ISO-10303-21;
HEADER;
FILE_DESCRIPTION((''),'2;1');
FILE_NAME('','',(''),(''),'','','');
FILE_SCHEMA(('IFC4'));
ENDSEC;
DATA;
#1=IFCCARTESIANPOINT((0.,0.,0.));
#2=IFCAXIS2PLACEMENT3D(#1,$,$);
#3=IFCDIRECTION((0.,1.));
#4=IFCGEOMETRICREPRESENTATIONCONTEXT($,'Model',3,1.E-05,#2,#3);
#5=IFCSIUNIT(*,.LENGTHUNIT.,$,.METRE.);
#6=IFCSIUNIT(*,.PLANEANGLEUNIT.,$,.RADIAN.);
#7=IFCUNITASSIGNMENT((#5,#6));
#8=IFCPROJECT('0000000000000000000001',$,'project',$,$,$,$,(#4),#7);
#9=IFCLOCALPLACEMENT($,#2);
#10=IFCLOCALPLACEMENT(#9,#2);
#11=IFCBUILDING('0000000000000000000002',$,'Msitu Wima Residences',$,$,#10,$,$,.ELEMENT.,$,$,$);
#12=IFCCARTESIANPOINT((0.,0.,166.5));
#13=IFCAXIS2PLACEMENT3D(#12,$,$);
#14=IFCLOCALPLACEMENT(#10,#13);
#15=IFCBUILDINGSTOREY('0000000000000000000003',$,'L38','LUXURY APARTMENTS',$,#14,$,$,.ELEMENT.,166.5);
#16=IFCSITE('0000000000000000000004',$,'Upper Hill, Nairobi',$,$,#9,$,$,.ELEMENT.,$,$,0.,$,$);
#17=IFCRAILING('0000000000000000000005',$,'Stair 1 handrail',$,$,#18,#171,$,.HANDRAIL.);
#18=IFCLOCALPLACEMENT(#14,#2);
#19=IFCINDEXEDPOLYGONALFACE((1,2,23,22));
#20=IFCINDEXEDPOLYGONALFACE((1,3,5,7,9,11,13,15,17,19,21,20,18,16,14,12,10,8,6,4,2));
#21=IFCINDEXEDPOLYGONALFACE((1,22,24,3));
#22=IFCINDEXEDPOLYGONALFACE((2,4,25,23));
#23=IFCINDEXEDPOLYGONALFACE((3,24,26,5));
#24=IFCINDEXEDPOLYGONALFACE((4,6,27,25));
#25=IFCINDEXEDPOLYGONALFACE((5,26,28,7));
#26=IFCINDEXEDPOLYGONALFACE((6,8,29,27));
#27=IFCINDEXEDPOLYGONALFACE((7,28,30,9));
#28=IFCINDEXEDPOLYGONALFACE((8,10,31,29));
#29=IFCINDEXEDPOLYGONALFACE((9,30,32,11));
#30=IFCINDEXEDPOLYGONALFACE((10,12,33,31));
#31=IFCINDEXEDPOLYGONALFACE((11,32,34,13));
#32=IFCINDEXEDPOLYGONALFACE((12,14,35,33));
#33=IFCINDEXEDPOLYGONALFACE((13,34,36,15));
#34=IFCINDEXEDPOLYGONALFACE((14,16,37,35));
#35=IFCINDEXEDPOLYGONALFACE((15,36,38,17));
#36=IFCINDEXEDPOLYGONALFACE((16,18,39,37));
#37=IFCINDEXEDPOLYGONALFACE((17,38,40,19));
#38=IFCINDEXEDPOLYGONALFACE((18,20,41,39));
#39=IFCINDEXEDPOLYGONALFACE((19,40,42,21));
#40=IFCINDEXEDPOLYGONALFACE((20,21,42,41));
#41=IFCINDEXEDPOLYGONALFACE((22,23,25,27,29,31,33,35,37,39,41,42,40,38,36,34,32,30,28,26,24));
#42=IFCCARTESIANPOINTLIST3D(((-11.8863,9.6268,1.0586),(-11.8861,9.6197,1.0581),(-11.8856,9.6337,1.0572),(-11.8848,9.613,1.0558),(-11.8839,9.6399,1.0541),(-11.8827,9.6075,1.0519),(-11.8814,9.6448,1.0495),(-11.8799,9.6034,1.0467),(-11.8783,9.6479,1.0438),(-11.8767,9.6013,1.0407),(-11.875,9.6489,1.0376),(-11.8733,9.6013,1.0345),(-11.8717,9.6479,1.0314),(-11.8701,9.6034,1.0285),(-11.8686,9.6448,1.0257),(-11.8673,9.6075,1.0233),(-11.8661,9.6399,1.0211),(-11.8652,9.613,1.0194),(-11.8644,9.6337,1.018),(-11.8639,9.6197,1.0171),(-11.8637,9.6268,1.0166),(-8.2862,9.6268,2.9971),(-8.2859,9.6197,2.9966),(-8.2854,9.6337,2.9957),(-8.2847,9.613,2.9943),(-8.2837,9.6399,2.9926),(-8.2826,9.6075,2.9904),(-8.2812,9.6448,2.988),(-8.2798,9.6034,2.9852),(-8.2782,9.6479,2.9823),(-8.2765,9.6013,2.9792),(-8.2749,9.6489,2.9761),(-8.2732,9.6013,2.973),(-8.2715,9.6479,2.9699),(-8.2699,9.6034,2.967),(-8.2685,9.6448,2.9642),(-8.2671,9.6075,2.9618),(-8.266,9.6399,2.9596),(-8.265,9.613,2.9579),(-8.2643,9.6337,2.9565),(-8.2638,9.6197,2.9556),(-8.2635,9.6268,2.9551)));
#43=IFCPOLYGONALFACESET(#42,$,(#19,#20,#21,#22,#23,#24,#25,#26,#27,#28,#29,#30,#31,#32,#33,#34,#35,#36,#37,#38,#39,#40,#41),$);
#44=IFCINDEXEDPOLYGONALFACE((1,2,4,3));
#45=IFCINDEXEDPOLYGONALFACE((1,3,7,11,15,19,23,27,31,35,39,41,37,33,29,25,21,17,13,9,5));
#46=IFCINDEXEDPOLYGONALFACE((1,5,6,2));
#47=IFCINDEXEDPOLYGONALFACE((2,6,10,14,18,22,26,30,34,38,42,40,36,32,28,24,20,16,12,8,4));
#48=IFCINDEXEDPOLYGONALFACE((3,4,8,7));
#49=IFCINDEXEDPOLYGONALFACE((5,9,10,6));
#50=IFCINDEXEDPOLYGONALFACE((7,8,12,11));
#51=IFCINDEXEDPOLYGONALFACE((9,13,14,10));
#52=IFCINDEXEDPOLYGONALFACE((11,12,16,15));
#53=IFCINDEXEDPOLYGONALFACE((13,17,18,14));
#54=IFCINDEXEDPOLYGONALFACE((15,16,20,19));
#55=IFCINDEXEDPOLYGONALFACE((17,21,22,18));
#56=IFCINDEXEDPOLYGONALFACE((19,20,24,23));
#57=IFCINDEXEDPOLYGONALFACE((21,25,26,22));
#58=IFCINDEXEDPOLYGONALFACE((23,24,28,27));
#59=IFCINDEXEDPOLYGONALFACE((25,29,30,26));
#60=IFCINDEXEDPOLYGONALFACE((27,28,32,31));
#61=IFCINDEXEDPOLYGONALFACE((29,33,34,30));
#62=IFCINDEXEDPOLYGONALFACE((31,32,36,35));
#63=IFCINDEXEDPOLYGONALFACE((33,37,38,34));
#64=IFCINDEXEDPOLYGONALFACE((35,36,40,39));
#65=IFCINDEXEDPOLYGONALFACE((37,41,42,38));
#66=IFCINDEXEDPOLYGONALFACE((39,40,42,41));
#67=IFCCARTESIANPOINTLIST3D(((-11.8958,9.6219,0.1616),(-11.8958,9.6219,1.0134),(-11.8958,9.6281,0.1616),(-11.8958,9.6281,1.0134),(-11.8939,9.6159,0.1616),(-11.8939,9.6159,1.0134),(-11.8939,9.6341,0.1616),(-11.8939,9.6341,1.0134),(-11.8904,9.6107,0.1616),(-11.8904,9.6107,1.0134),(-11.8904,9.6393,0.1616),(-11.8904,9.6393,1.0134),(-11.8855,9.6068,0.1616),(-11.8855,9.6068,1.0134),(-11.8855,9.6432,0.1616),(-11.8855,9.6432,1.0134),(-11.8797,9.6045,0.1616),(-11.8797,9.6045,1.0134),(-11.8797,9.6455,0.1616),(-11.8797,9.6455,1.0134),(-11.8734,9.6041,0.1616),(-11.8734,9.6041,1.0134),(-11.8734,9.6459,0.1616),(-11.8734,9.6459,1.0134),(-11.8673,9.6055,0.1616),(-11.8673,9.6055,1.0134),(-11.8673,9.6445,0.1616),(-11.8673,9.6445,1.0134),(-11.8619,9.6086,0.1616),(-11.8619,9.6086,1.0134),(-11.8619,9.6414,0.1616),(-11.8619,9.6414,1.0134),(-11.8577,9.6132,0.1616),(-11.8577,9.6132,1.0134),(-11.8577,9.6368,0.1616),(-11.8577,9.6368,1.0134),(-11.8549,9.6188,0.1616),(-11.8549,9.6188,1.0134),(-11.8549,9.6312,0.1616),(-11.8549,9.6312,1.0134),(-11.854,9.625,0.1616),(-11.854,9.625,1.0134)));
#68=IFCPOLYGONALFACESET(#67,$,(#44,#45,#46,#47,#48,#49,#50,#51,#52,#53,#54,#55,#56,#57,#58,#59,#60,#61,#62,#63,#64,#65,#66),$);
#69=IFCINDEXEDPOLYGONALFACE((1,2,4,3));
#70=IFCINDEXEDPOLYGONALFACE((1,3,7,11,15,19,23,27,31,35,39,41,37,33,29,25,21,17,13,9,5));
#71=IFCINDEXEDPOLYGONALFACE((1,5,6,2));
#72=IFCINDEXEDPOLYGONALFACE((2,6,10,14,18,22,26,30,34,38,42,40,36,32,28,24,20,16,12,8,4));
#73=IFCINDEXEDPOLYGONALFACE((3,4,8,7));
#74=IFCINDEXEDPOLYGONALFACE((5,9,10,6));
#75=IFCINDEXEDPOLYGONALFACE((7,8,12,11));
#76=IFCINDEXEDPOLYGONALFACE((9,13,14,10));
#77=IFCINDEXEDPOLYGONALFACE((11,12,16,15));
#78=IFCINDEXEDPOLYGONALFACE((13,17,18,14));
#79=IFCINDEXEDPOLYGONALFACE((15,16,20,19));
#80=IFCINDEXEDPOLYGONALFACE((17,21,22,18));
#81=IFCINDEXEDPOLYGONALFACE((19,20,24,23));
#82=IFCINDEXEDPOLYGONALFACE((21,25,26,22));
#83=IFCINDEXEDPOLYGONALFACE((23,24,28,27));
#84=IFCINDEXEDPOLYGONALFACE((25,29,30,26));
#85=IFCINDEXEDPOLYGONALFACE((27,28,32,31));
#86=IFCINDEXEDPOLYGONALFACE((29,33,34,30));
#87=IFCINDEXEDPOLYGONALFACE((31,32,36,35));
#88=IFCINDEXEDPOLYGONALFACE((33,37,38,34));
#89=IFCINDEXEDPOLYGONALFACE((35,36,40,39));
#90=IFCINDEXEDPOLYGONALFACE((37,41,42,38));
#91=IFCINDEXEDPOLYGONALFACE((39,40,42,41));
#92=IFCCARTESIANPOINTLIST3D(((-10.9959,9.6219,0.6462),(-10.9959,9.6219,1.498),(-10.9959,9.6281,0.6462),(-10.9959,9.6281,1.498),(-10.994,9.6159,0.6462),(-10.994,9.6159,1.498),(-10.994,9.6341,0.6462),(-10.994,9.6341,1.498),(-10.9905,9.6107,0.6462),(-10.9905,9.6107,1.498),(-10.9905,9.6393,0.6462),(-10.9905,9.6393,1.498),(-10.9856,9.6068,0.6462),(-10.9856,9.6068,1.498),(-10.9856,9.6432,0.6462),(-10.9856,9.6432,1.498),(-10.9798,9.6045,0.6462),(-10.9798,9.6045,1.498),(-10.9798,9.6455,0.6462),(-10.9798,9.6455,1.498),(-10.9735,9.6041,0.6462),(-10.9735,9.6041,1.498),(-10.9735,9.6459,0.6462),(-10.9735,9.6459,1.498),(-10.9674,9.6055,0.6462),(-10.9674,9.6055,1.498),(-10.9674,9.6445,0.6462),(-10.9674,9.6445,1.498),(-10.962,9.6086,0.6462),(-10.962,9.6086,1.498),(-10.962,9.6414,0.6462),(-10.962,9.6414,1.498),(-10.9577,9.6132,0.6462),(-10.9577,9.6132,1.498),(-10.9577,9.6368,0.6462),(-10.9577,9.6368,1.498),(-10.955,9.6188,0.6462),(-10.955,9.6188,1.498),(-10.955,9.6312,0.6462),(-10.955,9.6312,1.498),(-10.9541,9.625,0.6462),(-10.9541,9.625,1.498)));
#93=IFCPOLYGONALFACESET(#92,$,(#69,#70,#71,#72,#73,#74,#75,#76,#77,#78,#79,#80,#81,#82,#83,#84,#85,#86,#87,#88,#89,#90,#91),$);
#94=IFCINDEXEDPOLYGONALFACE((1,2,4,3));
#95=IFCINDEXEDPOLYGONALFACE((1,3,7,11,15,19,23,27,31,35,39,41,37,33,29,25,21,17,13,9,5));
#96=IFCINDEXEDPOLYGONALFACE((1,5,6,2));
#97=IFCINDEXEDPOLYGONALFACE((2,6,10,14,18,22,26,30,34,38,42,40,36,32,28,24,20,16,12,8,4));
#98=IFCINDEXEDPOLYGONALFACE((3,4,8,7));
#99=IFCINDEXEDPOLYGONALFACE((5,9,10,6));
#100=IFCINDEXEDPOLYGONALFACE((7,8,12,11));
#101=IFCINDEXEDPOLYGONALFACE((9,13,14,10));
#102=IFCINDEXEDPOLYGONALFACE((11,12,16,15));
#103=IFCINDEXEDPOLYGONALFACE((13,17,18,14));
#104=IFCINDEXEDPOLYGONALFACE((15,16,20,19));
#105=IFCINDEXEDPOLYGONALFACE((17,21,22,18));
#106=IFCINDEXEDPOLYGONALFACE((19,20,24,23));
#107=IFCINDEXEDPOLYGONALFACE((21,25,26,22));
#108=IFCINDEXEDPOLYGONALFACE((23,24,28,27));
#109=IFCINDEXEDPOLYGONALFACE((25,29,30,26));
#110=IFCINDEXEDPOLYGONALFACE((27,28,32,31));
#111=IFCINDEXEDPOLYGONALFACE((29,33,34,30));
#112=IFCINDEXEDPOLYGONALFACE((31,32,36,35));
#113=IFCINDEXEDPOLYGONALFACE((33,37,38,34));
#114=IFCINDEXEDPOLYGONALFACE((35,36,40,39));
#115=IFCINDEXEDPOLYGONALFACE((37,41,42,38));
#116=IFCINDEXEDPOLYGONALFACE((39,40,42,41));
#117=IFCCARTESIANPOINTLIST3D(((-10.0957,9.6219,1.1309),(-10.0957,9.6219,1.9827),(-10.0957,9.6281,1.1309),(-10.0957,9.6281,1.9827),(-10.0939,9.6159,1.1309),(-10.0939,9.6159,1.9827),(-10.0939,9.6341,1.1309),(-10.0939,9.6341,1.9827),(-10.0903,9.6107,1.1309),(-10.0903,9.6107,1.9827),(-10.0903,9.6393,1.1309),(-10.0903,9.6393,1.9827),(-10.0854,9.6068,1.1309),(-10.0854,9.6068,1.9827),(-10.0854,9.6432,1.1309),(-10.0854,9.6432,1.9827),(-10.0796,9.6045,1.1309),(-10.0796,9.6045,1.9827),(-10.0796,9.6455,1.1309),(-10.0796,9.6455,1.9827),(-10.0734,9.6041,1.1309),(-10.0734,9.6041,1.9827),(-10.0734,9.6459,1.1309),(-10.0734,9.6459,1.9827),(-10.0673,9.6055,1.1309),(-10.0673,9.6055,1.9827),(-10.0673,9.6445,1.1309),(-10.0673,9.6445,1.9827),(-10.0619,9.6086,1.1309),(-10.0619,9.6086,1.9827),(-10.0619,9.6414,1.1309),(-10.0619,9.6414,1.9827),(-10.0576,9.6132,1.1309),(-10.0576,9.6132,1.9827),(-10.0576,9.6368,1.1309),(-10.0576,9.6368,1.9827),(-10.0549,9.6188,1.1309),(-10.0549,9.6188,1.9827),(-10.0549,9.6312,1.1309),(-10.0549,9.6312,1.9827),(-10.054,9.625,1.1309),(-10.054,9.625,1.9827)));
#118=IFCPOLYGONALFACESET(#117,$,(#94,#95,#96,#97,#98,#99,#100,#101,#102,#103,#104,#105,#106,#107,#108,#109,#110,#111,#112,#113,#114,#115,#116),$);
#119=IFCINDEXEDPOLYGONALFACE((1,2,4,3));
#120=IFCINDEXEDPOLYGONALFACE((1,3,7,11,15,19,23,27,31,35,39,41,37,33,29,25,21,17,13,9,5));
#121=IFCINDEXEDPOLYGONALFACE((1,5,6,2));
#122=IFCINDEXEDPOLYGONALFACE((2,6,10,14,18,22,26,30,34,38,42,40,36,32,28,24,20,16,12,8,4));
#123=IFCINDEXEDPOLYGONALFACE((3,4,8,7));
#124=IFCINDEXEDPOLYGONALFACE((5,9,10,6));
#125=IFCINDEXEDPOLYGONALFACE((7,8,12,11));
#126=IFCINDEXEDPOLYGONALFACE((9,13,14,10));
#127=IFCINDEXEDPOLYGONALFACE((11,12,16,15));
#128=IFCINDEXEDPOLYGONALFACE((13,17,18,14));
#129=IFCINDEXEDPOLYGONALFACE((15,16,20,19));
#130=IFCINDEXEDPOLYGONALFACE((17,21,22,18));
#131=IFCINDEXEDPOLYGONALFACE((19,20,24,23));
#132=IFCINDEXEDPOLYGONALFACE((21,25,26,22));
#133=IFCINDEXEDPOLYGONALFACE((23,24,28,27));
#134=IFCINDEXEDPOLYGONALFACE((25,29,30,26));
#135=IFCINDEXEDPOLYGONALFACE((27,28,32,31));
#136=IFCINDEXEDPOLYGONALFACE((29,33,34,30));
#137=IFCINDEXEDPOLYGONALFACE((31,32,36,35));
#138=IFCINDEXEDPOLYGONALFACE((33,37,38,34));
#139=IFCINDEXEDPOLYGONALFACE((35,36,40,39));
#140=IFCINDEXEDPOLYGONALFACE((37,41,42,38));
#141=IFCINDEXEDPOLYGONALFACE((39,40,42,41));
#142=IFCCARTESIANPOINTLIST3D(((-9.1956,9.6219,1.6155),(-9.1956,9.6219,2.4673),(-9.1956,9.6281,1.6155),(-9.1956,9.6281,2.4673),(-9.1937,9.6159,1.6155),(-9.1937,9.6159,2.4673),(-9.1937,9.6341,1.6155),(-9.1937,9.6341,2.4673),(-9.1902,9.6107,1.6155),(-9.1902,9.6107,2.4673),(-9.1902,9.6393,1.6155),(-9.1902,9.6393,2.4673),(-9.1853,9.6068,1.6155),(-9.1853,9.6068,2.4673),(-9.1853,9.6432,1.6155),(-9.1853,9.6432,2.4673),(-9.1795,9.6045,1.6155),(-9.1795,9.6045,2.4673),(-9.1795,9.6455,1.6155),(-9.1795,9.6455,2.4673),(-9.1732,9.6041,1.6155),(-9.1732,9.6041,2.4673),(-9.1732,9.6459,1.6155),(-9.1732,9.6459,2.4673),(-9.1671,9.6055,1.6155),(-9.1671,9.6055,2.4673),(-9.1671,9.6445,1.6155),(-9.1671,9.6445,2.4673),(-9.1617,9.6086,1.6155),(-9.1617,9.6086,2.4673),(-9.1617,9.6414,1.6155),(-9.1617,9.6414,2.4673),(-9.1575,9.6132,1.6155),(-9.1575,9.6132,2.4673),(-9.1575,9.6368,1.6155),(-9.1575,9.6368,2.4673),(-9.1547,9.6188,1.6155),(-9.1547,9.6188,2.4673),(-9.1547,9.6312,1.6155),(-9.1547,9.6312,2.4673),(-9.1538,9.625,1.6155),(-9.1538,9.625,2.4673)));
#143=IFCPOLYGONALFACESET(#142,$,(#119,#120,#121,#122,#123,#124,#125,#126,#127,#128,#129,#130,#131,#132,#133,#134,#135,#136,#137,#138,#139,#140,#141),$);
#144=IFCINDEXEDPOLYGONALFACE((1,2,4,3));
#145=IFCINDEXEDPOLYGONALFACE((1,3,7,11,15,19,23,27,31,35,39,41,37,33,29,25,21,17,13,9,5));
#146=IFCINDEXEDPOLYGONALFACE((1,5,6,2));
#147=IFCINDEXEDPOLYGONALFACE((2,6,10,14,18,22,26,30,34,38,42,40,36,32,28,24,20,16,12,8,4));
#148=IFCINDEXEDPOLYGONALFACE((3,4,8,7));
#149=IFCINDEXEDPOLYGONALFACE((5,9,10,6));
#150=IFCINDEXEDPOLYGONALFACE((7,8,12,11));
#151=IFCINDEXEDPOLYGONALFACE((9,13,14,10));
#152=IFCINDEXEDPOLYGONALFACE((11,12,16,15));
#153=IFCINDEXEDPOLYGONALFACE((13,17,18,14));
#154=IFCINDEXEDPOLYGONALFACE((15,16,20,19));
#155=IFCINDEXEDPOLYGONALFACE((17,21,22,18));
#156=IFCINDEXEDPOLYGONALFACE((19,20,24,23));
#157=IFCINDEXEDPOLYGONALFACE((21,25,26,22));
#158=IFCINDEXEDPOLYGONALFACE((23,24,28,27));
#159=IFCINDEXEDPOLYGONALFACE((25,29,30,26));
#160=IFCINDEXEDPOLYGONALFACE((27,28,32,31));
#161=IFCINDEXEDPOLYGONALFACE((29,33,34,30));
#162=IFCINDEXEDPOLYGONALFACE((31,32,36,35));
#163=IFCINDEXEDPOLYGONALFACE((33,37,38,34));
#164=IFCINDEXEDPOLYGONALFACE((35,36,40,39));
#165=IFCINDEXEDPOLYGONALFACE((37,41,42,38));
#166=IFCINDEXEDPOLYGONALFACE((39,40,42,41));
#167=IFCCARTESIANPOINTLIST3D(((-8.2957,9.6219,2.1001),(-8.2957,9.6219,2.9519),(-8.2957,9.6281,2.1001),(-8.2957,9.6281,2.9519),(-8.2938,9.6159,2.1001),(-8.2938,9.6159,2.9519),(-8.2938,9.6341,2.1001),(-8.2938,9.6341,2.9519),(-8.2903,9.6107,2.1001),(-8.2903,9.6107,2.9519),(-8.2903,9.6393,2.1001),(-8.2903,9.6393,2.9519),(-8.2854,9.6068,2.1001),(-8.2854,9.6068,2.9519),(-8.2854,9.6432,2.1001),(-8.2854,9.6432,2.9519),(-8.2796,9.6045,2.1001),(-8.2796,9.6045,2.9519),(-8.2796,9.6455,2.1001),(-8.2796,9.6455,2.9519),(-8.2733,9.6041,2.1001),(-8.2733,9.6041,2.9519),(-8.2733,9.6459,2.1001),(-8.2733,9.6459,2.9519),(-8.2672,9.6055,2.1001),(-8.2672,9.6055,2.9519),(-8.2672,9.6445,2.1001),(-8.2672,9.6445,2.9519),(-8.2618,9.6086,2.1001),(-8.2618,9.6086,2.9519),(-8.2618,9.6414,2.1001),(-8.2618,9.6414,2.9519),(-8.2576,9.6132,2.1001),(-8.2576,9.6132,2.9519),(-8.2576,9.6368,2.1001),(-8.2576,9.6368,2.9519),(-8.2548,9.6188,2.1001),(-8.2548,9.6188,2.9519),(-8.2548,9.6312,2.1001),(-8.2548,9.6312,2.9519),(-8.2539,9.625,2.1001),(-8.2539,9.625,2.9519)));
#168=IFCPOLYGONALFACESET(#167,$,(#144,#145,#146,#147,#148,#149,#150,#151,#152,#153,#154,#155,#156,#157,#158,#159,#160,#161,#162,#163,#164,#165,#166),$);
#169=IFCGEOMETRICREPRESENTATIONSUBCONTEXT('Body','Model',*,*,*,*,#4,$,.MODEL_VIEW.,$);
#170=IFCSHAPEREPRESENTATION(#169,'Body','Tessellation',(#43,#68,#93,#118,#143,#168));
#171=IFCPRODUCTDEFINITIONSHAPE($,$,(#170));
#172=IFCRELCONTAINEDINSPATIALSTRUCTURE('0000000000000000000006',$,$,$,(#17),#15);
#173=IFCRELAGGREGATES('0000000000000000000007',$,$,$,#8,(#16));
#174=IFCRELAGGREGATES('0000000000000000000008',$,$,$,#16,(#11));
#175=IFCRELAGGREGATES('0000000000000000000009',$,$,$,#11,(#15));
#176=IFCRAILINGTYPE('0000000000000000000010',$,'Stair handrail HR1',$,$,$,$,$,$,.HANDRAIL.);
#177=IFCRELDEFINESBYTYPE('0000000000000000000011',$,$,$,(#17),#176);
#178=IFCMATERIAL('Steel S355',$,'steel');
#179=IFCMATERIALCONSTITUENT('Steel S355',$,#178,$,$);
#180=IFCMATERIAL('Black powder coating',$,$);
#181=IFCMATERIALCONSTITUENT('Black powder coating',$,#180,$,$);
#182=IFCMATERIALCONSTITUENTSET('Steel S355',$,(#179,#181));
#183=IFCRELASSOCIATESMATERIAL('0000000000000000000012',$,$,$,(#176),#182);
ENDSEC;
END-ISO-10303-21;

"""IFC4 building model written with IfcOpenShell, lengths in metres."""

from ifc_helpers import new_model, si_unit, direction, frame, origin, origin_2d, place, context, subcontext, project, spatial, circle, extrude, material, constituent, constituent_set, type_object, element, save


model = new_model("IFC4")

# Units and contexts
model_context = context("Model", 3, precision=1e-05, world=origin(), true_north=direction((0.0, 1.0)))
body_context = subcontext(model_context, "Body", "Model", "MODEL_VIEW")
ifc_project = project(units=[si_unit("LENGTHUNIT", "METRE"), si_unit("PLANEANGLEUNIT", "RADIAN")], contexts=[model_context])

# Site, building, storey
site_placement = place(None, origin())
site = spatial("IfcSite", under=ifc_project, at=site_placement, Name="Upper Hill, Nairobi", CompositionType="ELEMENT", RefElevation=0.0)
building_placement = place(site_placement, origin())
building = spatial("IfcBuilding", under=site, at=building_placement, Name="Msitu Wima Residences", CompositionType="ELEMENT")
storey_placement = place(building_placement, frame((0.0, 0.0, 166.5)))
storey = spatial("IfcBuildingStorey", under=building, at=storey_placement, Name="L38", Description="LUXURY APARTMENTS", CompositionType="ELEMENT", Elevation=166.5)

# Railing
ifc_material_1 = material(Name="Steel S355", Category="steel")
ifc_constituent_1 = constituent(ifc_material_1, Name="Steel S355")
ifc_material_2 = material(Name="Black powder coating")
ifc_constituent_2 = constituent(ifc_material_2, Name="Black powder coating")
ifc_constituent_set = constituent_set(constituents=[ifc_constituent_1, ifc_constituent_2], Name="Steel S355")
railing_type = type_object("IfcRailingType", Name="Stair handrail HR1", PredefinedType="HANDRAIL", material=ifc_constituent_set)
for number, where, name in (
    (1, (-11.875, 9.625, 0.1616), "Stair 1 handrail"),
):
    element("IfcRailing", number, at=place(storey_placement, frame(where)), inside=storey, type_object=railing_type, Name=name, PredefinedType="HANDRAIL", context=body_context, shape_type="SweptSolid", body=[
        extrude(circle(Radius=0.0239, at=origin_2d()), frame((0.0, 0.0, 0.876), z_axis=(0.880475, 0.0, 0.474093), x_axis=(0.0, 1.0, 0.0)), (0.0, 0.0, 1.0), 4.0889),
        extrude(circle(Radius=0.021, at=origin_2d()), origin(), (0.0, 0.0, 1.0), 0.8518),
        extrude(circle(Radius=0.021, at=origin_2d()), frame((0.8999, 0.0, 0.4846)), (0.0, 0.0, 1.0), 0.8518),
        extrude(circle(Radius=0.021, at=origin_2d()), frame((1.8, 0.0, 0.9692)), (0.0, 0.0, 1.0), 0.8518),
        extrude(circle(Radius=0.021, at=origin_2d()), frame((2.7002, 0.0, 1.4539)), (0.0, 0.0, 1.0), 0.8518),
        extrude(circle(Radius=0.021, at=origin_2d()), frame((3.6001, 0.0, 1.9385)), (0.0, 0.0, 1.0), 0.8518),
    ])

save(model, "model.ifc")
